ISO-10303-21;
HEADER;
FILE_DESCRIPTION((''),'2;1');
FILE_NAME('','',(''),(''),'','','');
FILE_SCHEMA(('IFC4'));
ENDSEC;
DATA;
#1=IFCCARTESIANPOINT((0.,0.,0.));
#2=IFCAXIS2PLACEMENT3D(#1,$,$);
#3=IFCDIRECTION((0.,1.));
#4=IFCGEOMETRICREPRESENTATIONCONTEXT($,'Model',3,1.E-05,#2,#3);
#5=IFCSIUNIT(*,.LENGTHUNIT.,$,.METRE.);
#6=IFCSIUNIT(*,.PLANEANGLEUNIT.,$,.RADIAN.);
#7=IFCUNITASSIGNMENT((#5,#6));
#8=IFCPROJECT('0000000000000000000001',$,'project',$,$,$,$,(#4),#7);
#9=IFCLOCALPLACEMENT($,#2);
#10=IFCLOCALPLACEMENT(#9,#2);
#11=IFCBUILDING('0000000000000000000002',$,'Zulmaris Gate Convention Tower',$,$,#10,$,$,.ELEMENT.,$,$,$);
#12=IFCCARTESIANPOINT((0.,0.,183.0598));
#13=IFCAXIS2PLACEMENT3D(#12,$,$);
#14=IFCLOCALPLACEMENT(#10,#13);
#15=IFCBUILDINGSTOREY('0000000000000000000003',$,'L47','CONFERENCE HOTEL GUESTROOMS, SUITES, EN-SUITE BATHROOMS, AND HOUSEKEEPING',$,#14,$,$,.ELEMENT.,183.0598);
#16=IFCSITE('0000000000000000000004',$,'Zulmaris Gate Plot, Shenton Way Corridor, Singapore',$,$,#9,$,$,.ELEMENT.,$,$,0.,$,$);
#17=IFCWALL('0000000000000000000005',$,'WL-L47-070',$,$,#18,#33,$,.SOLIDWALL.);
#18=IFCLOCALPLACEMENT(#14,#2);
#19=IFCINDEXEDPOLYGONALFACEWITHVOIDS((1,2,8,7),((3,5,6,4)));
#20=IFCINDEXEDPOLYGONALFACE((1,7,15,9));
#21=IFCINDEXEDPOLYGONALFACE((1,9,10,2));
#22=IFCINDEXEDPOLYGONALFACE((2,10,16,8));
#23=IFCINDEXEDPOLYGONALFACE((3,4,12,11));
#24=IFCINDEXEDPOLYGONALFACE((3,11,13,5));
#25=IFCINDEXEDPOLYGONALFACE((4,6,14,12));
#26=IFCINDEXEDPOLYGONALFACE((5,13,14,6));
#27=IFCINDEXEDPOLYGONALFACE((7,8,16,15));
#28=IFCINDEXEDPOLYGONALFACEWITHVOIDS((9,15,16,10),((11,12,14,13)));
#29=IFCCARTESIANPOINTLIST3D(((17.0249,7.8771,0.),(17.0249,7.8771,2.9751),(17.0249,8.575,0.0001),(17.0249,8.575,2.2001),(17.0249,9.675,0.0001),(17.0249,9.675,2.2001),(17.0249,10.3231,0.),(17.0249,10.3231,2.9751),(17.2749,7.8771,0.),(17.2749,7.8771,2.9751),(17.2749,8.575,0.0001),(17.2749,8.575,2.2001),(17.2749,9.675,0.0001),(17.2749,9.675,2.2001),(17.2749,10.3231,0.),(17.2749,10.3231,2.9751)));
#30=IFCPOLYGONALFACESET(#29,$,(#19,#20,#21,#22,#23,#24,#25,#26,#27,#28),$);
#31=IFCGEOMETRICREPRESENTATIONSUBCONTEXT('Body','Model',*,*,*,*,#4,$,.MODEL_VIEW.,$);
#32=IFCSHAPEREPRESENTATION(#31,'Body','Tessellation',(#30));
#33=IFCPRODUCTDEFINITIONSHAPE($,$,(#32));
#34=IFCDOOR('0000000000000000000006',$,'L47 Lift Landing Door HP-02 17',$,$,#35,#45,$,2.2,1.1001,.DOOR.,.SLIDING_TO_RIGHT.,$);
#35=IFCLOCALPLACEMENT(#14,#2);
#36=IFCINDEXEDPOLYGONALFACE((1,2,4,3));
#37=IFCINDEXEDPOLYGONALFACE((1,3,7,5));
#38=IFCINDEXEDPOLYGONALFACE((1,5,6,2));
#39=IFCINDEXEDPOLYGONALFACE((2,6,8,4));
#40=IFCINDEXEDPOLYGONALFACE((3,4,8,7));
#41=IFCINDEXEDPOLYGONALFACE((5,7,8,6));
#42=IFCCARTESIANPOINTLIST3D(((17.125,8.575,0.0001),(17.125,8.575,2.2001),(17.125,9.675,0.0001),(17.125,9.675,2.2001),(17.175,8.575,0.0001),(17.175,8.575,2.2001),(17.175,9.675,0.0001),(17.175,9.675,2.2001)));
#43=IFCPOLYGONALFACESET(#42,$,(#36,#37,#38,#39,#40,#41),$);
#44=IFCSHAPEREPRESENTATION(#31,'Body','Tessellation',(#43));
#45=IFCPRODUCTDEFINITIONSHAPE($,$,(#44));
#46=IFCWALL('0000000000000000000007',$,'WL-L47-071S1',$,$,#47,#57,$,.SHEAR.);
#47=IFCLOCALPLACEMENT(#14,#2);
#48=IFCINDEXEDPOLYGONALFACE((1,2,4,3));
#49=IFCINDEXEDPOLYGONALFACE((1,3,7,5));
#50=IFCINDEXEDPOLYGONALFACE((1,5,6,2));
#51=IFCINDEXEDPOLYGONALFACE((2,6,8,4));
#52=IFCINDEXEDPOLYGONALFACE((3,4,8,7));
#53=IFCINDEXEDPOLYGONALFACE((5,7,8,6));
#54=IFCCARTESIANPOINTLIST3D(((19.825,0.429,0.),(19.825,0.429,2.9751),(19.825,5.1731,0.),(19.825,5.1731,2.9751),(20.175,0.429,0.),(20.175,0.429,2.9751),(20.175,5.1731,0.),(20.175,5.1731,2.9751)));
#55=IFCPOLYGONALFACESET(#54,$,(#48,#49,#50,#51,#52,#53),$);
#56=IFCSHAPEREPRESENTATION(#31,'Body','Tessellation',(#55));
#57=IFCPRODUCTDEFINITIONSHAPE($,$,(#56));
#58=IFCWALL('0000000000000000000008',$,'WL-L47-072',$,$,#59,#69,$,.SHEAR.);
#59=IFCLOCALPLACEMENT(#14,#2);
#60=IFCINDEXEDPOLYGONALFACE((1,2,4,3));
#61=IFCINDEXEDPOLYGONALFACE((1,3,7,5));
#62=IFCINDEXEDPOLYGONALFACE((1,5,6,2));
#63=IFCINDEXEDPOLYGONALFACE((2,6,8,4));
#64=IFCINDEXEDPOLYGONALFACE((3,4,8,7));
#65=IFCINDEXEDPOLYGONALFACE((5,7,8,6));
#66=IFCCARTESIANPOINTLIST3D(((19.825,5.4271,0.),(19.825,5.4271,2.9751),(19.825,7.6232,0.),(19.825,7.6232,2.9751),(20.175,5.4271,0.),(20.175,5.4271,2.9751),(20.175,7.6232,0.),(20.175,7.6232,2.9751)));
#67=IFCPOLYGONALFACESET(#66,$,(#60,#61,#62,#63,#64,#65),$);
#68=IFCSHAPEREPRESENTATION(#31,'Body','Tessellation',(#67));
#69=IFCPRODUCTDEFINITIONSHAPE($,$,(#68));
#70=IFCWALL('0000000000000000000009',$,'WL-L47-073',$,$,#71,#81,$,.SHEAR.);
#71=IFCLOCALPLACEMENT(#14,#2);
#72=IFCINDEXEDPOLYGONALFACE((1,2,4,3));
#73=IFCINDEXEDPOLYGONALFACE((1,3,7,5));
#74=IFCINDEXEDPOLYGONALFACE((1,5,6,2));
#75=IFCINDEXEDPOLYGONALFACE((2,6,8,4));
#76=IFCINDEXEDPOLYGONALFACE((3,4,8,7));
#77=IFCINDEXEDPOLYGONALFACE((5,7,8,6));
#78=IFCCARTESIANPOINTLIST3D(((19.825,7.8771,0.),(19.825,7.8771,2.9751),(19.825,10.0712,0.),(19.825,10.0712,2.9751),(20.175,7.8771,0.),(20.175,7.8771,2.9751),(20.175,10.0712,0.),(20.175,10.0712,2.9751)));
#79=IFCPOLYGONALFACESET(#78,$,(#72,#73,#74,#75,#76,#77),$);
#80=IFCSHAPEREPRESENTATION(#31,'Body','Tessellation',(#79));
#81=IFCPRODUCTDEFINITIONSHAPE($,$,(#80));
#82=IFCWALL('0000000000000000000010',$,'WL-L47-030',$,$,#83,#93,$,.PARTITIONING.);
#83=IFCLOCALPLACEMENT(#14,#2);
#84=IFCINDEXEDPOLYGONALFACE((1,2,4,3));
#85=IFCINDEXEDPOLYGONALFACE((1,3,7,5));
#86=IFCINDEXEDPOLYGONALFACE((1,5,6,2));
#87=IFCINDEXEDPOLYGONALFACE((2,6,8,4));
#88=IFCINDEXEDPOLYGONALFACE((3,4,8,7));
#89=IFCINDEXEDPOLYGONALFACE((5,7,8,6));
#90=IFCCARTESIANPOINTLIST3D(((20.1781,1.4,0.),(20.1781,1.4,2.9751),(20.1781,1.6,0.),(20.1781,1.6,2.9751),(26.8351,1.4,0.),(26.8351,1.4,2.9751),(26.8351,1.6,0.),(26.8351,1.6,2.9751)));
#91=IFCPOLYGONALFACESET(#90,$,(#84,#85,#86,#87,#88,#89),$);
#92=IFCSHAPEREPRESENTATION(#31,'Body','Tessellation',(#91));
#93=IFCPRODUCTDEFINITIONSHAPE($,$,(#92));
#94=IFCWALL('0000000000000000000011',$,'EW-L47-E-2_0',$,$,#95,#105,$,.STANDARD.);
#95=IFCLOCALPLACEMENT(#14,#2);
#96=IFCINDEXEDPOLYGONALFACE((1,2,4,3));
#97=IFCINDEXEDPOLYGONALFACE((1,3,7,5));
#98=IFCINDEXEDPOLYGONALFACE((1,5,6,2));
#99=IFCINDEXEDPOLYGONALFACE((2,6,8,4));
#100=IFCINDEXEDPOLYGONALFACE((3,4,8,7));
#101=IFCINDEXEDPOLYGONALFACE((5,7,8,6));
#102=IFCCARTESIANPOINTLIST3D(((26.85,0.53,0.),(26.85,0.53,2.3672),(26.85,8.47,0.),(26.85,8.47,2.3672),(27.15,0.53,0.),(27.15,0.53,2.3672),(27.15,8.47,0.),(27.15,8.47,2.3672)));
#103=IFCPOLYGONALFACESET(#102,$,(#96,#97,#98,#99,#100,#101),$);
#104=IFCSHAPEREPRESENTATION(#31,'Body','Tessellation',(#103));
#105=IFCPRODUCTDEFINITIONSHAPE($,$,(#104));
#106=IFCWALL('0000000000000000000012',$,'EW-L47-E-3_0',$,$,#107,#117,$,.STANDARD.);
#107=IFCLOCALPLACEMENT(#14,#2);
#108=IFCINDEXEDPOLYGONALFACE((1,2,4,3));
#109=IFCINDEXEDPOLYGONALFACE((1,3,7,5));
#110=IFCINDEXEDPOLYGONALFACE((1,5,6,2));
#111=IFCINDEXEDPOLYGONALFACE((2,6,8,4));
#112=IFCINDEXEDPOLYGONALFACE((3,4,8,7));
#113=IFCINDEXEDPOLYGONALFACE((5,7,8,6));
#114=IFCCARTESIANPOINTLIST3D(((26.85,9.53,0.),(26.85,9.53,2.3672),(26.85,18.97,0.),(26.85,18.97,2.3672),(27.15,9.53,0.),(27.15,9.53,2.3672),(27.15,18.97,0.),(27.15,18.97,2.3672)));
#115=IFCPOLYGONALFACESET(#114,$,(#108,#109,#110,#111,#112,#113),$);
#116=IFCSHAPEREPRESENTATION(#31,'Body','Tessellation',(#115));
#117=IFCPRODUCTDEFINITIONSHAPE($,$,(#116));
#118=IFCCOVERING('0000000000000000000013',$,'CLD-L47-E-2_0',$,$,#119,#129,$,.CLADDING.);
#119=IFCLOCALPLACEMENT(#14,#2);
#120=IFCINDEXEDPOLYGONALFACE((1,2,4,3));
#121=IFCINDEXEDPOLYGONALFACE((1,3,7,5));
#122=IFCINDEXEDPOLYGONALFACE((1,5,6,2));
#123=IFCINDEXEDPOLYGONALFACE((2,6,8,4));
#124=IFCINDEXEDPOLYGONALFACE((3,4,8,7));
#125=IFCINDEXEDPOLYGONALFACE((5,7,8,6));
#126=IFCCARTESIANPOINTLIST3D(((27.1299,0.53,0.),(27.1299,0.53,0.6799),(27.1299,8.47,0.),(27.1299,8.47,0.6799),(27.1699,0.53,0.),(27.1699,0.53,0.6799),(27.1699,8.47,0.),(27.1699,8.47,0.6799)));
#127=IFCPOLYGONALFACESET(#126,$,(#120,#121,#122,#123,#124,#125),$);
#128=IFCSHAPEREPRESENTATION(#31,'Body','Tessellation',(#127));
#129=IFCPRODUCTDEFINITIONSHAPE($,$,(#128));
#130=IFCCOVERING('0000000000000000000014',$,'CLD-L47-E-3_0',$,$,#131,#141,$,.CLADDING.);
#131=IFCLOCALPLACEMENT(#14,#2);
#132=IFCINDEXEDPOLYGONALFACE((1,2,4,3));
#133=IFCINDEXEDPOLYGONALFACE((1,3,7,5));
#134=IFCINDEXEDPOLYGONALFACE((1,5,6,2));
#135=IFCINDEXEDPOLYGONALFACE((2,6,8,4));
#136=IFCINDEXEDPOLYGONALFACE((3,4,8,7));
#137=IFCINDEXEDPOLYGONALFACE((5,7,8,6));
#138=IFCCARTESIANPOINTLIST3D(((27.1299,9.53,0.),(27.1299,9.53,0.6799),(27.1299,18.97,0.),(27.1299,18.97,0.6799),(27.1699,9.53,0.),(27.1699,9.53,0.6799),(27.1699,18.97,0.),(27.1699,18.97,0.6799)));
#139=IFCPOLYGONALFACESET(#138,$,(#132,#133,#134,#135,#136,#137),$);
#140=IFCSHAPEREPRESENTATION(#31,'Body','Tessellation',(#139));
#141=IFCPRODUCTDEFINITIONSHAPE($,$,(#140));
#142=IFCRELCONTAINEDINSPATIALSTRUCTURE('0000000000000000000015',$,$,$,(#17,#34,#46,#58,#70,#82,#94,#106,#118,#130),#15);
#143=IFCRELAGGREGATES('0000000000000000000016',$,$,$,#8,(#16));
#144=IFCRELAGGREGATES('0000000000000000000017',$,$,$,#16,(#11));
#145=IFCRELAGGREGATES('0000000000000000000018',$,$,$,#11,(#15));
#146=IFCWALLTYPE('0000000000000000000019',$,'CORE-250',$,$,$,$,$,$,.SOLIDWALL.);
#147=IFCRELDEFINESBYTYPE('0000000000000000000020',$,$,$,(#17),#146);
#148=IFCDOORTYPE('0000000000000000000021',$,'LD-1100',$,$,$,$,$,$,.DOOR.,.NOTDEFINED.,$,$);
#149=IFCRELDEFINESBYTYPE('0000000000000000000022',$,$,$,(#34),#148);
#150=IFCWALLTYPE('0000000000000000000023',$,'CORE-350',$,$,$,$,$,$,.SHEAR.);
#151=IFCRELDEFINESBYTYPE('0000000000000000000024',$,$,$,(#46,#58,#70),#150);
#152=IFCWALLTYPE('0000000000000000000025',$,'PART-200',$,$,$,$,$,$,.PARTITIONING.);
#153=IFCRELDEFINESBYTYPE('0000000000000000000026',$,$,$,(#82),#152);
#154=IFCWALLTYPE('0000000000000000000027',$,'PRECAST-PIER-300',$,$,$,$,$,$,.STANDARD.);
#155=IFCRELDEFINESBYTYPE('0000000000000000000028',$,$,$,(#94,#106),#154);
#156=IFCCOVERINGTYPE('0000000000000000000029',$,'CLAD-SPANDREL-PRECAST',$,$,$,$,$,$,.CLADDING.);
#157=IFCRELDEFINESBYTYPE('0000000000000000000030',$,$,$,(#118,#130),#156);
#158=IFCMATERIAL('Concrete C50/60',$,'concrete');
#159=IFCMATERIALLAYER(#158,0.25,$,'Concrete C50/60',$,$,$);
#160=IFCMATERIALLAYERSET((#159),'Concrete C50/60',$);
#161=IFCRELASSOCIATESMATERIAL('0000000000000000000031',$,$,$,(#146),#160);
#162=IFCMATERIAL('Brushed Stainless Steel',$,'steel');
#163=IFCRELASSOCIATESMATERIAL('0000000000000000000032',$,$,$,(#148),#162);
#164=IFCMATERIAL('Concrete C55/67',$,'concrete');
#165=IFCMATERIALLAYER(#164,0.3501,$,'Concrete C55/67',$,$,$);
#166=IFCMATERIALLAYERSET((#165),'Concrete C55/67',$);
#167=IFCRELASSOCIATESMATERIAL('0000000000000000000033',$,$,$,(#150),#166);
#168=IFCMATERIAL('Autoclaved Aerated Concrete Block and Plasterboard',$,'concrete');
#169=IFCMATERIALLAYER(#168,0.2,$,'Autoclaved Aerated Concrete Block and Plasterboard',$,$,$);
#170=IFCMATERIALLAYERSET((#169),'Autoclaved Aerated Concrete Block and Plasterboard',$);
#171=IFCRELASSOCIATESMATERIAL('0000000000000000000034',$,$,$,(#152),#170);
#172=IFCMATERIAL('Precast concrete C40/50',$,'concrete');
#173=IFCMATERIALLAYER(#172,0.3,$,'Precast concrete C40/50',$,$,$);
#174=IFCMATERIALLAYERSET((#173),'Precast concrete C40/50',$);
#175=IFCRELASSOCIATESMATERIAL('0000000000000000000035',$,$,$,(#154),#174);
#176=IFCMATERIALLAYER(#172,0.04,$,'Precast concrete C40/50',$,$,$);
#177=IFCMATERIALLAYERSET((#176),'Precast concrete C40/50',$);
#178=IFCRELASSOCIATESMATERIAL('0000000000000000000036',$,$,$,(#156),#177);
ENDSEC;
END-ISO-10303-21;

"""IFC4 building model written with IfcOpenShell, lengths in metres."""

from ifc_helpers import new_model, si_unit, direction, frame, frame_2d, origin, place, context, subcontext, project, spatial, rectangle, extrude, material, layer, layer_set, type_object, element, fill, save


model = new_model("IFC4")

# Units and contexts
model_context = context("Model", 3, precision=1e-05, world=origin(), true_north=direction((0.0, 1.0)))
body_context = subcontext(model_context, "Body", "Model", "MODEL_VIEW")
ifc_project = project(units=[si_unit("LENGTHUNIT", "METRE"), si_unit("PLANEANGLEUNIT", "RADIAN")], contexts=[model_context])

# Site, building, storey
site_placement = place(None, origin())
site = spatial("IfcSite", under=ifc_project, at=site_placement, Name="Zulmaris Gate Plot, Shenton Way Corridor, Singapore", CompositionType="ELEMENT", RefElevation=0.0)
building_placement = place(site_placement, origin())
building = spatial("IfcBuilding", under=site, at=building_placement, Name="Zulmaris Gate Convention Tower", CompositionType="ELEMENT")
storey_placement = place(building_placement, frame((0.0, 0.0, 183.0598)))
storey = spatial("IfcBuildingStorey", under=building, at=storey_placement, Name="L47", Description="CONFERENCE HOTEL GUESTROOMS, SUITES, EN-SUITE BATHROOMS, AND HOUSEKEEPING", CompositionType="ELEMENT", Elevation=183.0598)

# Shared definitions
ifc_material_1 = material(Name="Concrete C50/60", Category="concrete")

# Shared definitions
ifc_layer_1 = layer(ifc_material_1, 0.25, Name="Concrete C50/60")
ifc_layer_set_1 = layer_set([ifc_layer_1], Name="Concrete C50/60")
wall_type_1 = type_object("IfcWallType", Name="CORE-250", PredefinedType="SOLIDWALL", material=ifc_layer_set_1)

# Wall, opening, door
ifc_material_2 = material(Name="Brushed Stainless Steel", Category="steel")
door_type = type_object("IfcDoorType", Name="LD-1100", OperationType="NOTDEFINED", PredefinedType="DOOR", material=ifc_material_2)
wall_1_placement = place(storey_placement, frame((17.1499, 7.877, 0.0), z_axis=(0.0, 0.0, 1.0), x_axis=(0.0, 1.0, 0.0)))
wall_1 = element("IfcWall", 1, at=wall_1_placement, inside=storey, type_object=wall_type_1, Name="WL-L47-070", PredefinedType="SOLIDWALL", context=body_context, shape_type="SweptSolid", body=[
    extrude(rectangle(XDim=2.446, YDim=0.25, at=frame_2d((1.2231, 0.0))), origin(), (0.0, 0.0, 1.0), 2.9751),
])
opening_1_placement = place(wall_1_placement, frame((0.698, 0.0, 0.0)))
opening_1 = element("IfcOpeningElement", 2, at=opening_1_placement, cuts=wall_1, PredefinedType="OPENING", context=body_context, shape_type="SweptSolid", body=[
    extrude(rectangle(XDim=1.1001, YDim=2.2, at=frame_2d((0.55, 1.1001))), frame((0.0, 0.135, 0.0), z_axis=(0.0, -1.0, 0.0), x_axis=(1.0, 0.0, 0.0)), (0.0, 0.0, 1.0), 0.27),
])
door_1_placement = place(opening_1_placement, origin())
door_1 = element("IfcDoor", 3, at=door_1_placement, inside=storey, type_object=door_type, Name="L47 Lift Landing Door HP-02 17", OperationType="SLIDING_TO_RIGHT", OverallHeight=2.2, OverallWidth=1.1001, PredefinedType="DOOR", context=body_context, shape_type="SweptSolid", body=[
    extrude(rectangle(XDim=1.1001, YDim=2.2, at=frame_2d((0.55, 1.1001))), frame((0.0, 0.0249, 0.0), z_axis=(0.0, -1.0, 0.0), x_axis=(1.0, 0.0, 0.0)), (0.0, 0.0, 1.0), 0.05),
])
fill(opening_1, door_1)

# Walls
ifc_material_3 = material(Name="Concrete C55/67", Category="concrete")
ifc_layer_2 = layer(ifc_material_3, 0.3501, Name="Concrete C55/67")
ifc_layer_set_2 = layer_set([ifc_layer_2], Name="Concrete C55/67")
wall_type_2 = type_object("IfcWallType", Name="CORE-350", PredefinedType="SHEAR", material=ifc_layer_set_2)
wall_2_placement = place(storey_placement, frame((20.0, 0.429, 0.0), z_axis=(0.0, 0.0, 1.0), x_axis=(0.0, 1.0, 0.0)))
element("IfcWall", 4, at=wall_2_placement, inside=storey, type_object=wall_type_2, Name="WL-L47-071S1", PredefinedType="SHEAR", context=body_context, shape_type="SweptSolid", body=[
    extrude(rectangle(XDim=4.7441, YDim=0.3501, at=frame_2d((2.3721, 0.0))), origin(), (0.0, 0.0, 1.0), 2.9751),
])
wall_3_placement = place(storey_placement, frame((20.0, 5.427, 0.0), z_axis=(0.0, 0.0, 1.0), x_axis=(0.0, 1.0, 0.0)))
element("IfcWall", 5, at=wall_3_placement, inside=storey, type_object=wall_type_2, Name="WL-L47-072", PredefinedType="SHEAR", context=body_context, shape_type="SweptSolid", body=[
    extrude(rectangle(XDim=2.196, YDim=0.3501, at=frame_2d((1.0981, 0.0))), origin(), (0.0, 0.0, 1.0), 2.9751),
])
wall_4_placement = place(storey_placement, frame((20.0, 7.877, 0.0), z_axis=(0.0, 0.0, 1.0), x_axis=(0.0, 1.0, 0.0)))
element("IfcWall", 6, at=wall_4_placement, inside=storey, type_object=wall_type_2, Name="WL-L47-073", PredefinedType="SHEAR", context=body_context, shape_type="SweptSolid", body=[
    extrude(rectangle(XDim=2.1941, YDim=0.3501, at=frame_2d((1.0972, 0.0))), origin(), (0.0, 0.0, 1.0), 2.9751),
])
ifc_material_4 = material(Name="Autoclaved Aerated Concrete Block and Plasterboard", Category="concrete")
ifc_layer_3 = layer(ifc_material_4, 0.2, Name="Autoclaved Aerated Concrete Block and Plasterboard")
ifc_layer_set_3 = layer_set([ifc_layer_3], Name="Autoclaved Aerated Concrete Block and Plasterboard")
wall_type_3 = type_object("IfcWallType", Name="PART-200", PredefinedType="PARTITIONING", material=ifc_layer_set_3)
wall_5_placement = place(storey_placement, frame((20.178, 1.5, 0.0), z_axis=(0.0, 0.0, 1.0), x_axis=(1.0, 0.0, 0.0)))
element("IfcWall", 7, at=wall_5_placement, inside=storey, type_object=wall_type_3, Name="WL-L47-030", PredefinedType="PARTITIONING", context=body_context, shape_type="SweptSolid", body=[
    extrude(rectangle(XDim=6.657, YDim=0.2, at=frame_2d((3.3286, 0.0))), origin(), (0.0, 0.0, 1.0), 2.9751),
])
ifc_material_5 = material(Name="Precast concrete C40/50", Category="concrete")
ifc_layer_4 = layer(ifc_material_5, 0.3, Name="Precast concrete C40/50")
ifc_layer_set_4 = layer_set([ifc_layer_4], Name="Precast concrete C40/50")
wall_type_4 = type_object("IfcWallType", Name="PRECAST-PIER-300", PredefinedType="STANDARD", material=ifc_layer_set_4)
wall_6_placement = place(storey_placement, frame((27.0, 0.53, 0.0), z_axis=(0.0, 0.0, 1.0), x_axis=(0.0, 1.0, 0.0)))
element("IfcWall", 8, at=wall_6_placement, inside=storey, type_object=wall_type_4, Name="EW-L47-E-2_0", PredefinedType="STANDARD", context=body_context, shape_type="SweptSolid", body=[
    extrude(rectangle(XDim=7.9399, YDim=0.3, at=frame_2d((3.97, 0.0))), origin(), (0.0, 0.0, 1.0), 2.3672),
])
wall_7_placement = place(storey_placement, frame((27.0, 9.53, 0.0), z_axis=(0.0, 0.0, 1.0), x_axis=(0.0, 1.0, 0.0)))
element("IfcWall", 9, at=wall_7_placement, inside=storey, type_object=wall_type_4, Name="EW-L47-E-3_0", PredefinedType="STANDARD", context=body_context, shape_type="SweptSolid", body=[
    extrude(rectangle(XDim=9.4399, YDim=0.3, at=frame_2d((4.72, 0.0))), origin(), (0.0, 0.0, 1.0), 2.3672),
])

# Coverings
ifc_layer_5 = layer(ifc_material_5, 0.04, Name="Precast concrete C40/50")
ifc_layer_set_5 = layer_set([ifc_layer_5], Name="Precast concrete C40/50")
covering_type = type_object("IfcCoveringType", Name="CLAD-SPANDREL-PRECAST", PredefinedType="CLADDING", material=ifc_layer_set_5)
covering_1_placement = place(storey_placement, frame((27.1499, 0.53, 0.0), z_axis=(0.0, 0.0, 1.0), x_axis=(0.0, 1.0, 0.0)))
element("IfcCovering", 10, at=covering_1_placement, inside=storey, type_object=covering_type, Name="CLD-L47-E-2_0", PredefinedType="CLADDING", context=body_context, shape_type="SweptSolid", body=[
    extrude(rectangle(XDim=7.9399, YDim=0.04, at=frame_2d((3.97, 0.0))), origin(), (0.0, 0.0, 1.0), 0.6799),
])
covering_2_placement = place(storey_placement, frame((27.1499, 9.53, 0.0), z_axis=(0.0, 0.0, 1.0), x_axis=(0.0, 1.0, 0.0)))
element("IfcCovering", 11, at=covering_2_placement, inside=storey, type_object=covering_type, Name="CLD-L47-E-3_0", PredefinedType="CLADDING", context=body_context, shape_type="SweptSolid", body=[
    extrude(rectangle(XDim=9.4399, YDim=0.04, at=frame_2d((4.72, 0.0))), origin(), (0.0, 0.0, 1.0), 0.6799),
])

save(model, "model.ifc")
